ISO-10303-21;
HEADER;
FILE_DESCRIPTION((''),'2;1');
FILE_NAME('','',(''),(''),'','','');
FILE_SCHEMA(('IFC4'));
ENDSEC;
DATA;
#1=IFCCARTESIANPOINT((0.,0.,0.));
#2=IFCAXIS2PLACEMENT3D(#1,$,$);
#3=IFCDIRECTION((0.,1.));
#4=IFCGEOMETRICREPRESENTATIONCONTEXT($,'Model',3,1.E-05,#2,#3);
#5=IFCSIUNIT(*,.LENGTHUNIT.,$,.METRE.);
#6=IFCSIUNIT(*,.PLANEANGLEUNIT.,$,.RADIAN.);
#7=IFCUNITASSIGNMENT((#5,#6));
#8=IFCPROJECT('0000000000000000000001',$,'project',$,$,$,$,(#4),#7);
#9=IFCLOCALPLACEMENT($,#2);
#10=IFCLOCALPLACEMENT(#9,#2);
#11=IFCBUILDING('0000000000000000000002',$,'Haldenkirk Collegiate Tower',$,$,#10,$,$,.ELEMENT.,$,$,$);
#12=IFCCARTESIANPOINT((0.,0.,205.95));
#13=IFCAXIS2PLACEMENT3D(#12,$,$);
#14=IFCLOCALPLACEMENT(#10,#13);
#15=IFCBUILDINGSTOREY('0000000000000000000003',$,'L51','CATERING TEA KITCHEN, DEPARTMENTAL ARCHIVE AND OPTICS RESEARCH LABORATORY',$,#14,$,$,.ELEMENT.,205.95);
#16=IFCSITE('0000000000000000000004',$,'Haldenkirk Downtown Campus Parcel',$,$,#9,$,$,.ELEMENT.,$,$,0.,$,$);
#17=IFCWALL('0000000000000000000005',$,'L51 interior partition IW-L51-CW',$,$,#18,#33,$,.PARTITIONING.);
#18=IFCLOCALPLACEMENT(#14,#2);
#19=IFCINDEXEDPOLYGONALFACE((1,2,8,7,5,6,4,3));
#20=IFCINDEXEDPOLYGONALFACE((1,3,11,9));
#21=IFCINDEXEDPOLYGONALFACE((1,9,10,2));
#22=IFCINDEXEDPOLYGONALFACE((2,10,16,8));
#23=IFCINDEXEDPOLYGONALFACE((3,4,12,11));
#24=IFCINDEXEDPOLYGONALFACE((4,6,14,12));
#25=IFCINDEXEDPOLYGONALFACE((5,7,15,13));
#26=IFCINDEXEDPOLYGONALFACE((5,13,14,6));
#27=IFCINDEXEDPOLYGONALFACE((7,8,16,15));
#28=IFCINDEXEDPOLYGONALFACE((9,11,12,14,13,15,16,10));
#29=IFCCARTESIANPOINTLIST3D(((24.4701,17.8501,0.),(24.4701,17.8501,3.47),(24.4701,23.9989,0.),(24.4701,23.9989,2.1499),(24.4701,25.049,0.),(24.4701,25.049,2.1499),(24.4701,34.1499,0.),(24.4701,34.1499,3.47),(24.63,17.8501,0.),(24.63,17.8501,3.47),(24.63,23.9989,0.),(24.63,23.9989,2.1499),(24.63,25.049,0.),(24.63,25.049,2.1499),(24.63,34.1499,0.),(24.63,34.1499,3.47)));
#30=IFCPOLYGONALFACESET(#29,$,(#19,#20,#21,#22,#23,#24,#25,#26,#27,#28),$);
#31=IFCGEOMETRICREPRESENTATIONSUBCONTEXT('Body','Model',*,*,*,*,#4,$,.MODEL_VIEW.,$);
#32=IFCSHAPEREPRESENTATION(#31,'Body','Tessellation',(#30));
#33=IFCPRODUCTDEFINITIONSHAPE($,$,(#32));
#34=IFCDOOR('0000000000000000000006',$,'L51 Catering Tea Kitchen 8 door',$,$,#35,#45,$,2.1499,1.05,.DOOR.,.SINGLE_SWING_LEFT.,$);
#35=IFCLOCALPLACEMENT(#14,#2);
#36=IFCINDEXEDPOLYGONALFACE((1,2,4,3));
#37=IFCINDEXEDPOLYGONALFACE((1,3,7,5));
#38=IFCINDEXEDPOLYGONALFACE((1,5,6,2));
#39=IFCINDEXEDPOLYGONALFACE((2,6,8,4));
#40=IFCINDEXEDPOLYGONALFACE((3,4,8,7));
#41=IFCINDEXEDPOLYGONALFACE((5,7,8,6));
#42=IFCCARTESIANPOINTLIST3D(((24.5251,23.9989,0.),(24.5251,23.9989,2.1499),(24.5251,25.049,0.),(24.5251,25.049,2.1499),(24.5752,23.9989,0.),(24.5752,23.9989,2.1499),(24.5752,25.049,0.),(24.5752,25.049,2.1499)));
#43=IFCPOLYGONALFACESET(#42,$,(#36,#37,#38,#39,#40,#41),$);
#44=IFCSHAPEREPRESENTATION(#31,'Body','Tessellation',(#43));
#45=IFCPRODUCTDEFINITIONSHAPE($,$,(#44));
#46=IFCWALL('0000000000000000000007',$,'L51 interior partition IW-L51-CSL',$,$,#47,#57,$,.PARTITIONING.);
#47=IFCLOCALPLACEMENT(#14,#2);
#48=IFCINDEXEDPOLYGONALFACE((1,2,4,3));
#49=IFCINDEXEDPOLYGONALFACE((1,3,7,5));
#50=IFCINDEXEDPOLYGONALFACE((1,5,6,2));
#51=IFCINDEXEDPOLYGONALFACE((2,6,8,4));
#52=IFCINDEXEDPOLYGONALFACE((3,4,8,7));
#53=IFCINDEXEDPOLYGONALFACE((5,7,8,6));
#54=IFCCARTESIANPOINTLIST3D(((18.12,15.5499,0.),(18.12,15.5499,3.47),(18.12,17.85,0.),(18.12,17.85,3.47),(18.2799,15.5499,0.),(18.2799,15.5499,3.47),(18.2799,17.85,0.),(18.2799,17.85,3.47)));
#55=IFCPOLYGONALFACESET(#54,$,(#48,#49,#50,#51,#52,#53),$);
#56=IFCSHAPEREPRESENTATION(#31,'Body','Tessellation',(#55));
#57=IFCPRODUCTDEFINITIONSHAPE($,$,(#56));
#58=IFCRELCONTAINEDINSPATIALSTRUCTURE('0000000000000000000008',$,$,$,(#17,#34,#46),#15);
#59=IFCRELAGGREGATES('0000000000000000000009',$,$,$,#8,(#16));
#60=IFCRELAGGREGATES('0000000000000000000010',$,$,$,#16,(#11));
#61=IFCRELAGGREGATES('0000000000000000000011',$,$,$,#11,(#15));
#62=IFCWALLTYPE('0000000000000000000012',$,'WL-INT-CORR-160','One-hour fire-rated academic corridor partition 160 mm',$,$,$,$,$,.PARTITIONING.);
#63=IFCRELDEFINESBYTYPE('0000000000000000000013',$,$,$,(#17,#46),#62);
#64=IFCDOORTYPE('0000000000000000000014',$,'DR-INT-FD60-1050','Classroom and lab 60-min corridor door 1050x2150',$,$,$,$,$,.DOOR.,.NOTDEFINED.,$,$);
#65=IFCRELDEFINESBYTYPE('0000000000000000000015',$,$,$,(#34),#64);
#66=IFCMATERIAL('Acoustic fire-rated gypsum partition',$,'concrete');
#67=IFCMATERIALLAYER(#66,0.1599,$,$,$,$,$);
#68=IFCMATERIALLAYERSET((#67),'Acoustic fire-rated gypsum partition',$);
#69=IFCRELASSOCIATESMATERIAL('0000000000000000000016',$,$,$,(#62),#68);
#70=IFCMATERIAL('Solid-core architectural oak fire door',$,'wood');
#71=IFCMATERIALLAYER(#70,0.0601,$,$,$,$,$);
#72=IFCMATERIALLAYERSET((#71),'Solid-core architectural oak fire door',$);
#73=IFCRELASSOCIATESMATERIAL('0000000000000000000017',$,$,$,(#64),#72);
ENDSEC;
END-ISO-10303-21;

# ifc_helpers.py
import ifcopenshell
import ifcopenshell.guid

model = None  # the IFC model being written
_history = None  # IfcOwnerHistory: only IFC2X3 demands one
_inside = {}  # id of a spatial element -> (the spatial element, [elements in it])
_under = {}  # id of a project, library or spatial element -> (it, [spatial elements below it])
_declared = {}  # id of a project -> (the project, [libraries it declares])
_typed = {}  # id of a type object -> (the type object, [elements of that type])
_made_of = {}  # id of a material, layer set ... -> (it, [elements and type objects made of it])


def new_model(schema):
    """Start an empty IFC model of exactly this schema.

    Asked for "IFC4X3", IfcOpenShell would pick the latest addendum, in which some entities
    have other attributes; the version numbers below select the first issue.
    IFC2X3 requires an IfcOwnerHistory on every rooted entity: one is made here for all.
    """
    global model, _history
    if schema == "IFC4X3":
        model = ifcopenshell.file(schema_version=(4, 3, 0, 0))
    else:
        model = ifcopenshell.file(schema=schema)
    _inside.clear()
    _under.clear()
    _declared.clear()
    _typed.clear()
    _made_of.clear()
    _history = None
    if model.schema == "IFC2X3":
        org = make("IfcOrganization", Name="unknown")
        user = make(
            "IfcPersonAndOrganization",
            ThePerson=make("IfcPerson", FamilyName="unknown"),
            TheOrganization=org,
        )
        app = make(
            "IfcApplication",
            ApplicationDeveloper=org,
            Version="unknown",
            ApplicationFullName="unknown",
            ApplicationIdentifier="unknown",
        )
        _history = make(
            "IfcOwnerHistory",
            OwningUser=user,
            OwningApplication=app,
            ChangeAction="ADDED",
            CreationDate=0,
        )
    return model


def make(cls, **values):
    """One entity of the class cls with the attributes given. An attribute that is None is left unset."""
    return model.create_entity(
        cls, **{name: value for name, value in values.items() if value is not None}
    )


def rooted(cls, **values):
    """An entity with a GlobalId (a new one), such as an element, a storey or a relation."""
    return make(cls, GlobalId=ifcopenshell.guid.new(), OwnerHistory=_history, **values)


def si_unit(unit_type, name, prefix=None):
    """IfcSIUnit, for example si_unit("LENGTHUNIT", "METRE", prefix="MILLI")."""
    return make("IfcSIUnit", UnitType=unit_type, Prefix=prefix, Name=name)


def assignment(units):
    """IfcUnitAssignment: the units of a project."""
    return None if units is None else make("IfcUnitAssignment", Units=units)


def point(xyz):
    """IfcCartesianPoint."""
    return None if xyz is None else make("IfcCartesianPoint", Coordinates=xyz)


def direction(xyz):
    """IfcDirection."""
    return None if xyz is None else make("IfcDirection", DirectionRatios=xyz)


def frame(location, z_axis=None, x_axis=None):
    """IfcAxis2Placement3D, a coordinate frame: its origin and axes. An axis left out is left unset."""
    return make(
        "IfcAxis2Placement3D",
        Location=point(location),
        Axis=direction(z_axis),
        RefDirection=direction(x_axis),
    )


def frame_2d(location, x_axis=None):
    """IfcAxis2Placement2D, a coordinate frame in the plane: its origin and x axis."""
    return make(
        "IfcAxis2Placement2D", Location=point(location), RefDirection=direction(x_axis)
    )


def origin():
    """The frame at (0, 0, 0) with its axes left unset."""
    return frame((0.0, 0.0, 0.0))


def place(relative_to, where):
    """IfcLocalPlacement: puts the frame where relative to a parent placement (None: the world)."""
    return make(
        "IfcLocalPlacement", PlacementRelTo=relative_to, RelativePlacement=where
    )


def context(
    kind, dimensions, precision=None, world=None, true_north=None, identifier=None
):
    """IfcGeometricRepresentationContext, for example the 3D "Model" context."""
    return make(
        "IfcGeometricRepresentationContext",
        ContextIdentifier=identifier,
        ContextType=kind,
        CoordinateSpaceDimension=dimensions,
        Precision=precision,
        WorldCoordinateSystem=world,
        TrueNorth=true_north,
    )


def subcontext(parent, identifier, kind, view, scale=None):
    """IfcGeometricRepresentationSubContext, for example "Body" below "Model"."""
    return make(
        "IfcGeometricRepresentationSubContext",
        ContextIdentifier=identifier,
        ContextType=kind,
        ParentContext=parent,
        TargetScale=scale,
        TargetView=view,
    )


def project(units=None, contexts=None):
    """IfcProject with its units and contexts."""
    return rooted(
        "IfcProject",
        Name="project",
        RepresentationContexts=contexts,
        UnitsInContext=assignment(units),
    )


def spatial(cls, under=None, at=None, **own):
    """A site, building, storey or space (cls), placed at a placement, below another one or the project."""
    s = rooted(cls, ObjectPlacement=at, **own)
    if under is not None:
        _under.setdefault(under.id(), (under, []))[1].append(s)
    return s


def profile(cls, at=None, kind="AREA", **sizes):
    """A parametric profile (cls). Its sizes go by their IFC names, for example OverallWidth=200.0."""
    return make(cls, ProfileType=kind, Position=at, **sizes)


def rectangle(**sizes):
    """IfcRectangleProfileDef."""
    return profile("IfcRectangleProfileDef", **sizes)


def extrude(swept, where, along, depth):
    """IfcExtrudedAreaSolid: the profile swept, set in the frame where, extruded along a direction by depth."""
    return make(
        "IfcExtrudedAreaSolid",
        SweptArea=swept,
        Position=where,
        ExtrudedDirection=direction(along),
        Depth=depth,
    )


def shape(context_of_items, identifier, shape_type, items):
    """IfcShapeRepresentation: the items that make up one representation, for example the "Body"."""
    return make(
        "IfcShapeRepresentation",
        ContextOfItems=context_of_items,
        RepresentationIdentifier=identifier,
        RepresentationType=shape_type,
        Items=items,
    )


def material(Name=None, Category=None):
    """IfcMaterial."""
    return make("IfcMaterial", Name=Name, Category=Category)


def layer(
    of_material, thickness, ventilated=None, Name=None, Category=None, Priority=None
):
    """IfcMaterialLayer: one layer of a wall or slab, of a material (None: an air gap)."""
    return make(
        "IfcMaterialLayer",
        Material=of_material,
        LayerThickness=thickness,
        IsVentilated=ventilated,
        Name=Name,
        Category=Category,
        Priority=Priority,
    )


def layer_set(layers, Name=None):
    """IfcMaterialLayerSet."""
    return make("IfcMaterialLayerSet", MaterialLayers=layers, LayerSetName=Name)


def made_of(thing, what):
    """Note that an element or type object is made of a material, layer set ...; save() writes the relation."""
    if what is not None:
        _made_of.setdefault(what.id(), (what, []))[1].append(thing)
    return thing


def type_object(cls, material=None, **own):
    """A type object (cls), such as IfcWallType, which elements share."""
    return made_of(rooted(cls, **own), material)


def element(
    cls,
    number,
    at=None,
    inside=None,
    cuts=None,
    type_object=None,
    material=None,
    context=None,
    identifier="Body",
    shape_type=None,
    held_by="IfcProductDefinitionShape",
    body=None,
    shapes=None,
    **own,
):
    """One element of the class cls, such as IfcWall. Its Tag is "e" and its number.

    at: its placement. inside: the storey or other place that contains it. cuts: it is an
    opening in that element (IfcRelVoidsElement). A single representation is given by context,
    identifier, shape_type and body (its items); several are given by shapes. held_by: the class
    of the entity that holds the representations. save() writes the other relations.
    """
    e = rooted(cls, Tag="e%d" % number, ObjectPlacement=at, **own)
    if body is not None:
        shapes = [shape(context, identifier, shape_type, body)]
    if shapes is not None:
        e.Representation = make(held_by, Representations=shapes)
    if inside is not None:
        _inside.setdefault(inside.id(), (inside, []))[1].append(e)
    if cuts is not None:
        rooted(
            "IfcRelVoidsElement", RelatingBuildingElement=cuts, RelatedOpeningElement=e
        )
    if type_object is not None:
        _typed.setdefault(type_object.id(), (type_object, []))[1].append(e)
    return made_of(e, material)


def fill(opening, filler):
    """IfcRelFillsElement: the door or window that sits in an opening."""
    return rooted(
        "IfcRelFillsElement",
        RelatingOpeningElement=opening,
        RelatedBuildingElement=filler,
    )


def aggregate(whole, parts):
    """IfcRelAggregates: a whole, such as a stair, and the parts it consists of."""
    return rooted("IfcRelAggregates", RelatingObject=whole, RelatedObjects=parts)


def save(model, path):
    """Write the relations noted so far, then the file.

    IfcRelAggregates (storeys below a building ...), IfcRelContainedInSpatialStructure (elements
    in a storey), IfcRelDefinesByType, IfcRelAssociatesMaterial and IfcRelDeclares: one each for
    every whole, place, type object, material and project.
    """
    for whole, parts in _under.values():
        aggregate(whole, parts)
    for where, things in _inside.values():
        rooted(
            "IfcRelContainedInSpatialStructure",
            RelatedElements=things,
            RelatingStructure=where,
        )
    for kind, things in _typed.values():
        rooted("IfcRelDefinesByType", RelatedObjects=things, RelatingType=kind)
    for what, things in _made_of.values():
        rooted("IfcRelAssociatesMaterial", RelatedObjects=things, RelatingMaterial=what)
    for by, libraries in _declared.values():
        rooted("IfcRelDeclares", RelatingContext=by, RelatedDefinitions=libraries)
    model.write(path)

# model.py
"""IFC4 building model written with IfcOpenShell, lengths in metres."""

from ifc_helpers import new_model, si_unit, direction, frame, frame_2d, origin, place, context, subcontext, project, spatial, rectangle, extrude, material, layer, layer_set, type_object, element, fill, save


model = new_model("IFC4")

# Units and contexts
model_context = context("Model", 3, precision=1e-05, world=origin(), true_north=direction((0.0, 1.0)))
body_context = subcontext(model_context, "Body", "Model", "MODEL_VIEW")
ifc_project = project(units=[si_unit("LENGTHUNIT", "METRE"), si_unit("PLANEANGLEUNIT", "RADIAN")], contexts=[model_context])

# Site, building, storey
site_placement = place(None, origin())
site = spatial("IfcSite", under=ifc_project, at=site_placement, Name="Haldenkirk Downtown Campus Parcel", CompositionType="ELEMENT", RefElevation=0.0)
building_placement = place(site_placement, origin())
building = spatial("IfcBuilding", under=site, at=building_placement, Name="Haldenkirk Collegiate Tower", CompositionType="ELEMENT")
storey_placement = place(building_placement, frame((0.0, 0.0, 205.95)))
storey = spatial("IfcBuildingStorey", under=building, at=storey_placement, Name="L51", Description="CATERING TEA KITCHEN, DEPARTMENTAL ARCHIVE AND OPTICS RESEARCH LABORATORY", CompositionType="ELEMENT", Elevation=205.95)

# Shared definitions
ifc_material_1 = material(Name="Acoustic fire-rated gypsum partition", Category="concrete")
ifc_layer_1 = layer(ifc_material_1, 0.1599)
ifc_layer_set_1 = layer_set([ifc_layer_1], Name="Acoustic fire-rated gypsum partition")
wall_type_1 = type_object("IfcWallType", Name="WL-INT-CORR-160", Description="One-hour fire-rated academic corridor partition 160 mm", PredefinedType="PARTITIONING", material=ifc_layer_set_1)
ifc_material_2 = material(Name="Solid-core architectural oak fire door", Category="wood")
ifc_layer_2 = layer(ifc_material_2, 0.0601)
ifc_layer_set_2 = layer_set([ifc_layer_2], Name="Solid-core architectural oak fire door")
door_type_1 = type_object("IfcDoorType", Name="DR-INT-FD60-1050", Description="Classroom and lab 60-min corridor door 1050x2150", OperationType="NOTDEFINED", PredefinedType="DOOR", material=ifc_layer_set_2)

# Wall, opening, door
wall_1_placement = place(storey_placement, frame((24.55, 17.8501, 0.0), z_axis=(0.0, 0.0, 1.0), x_axis=(0.0, 1.0, 0.0)))
wall_1 = element("IfcWall", 1, at=wall_1_placement, inside=storey, type_object=wall_type_1, Name="L51 interior partition IW-L51-CW", PredefinedType="PARTITIONING", context=body_context, shape_type="SweptSolid", body=[
    extrude(rectangle(XDim=16.2998, YDim=0.1599, at=frame_2d((8.1499, 0.0))), origin(), (0.0, 0.0, 1.0), 3.47),
])
opening_1_placement = place(wall_1_placement, frame((6.1489, 0.0, 0.0)))
opening_1 = element("IfcOpeningElement", 2, at=opening_1_placement, cuts=wall_1, PredefinedType="OPENING", context=body_context, shape_type="SweptSolid", body=[
    extrude(rectangle(XDim=1.05, YDim=2.1499, at=frame_2d((0.5249, 1.075))), frame((0.0, 0.0898, 0.0), z_axis=(0.0, -1.0, 0.0), x_axis=(1.0, 0.0, 0.0)), (0.0, 0.0, 1.0), 0.1799),
])
door_1_placement = place(opening_1_placement, origin())
door_1 = element("IfcDoor", 3, at=door_1_placement, inside=storey, type_object=door_type_1, Name="L51 Catering Tea Kitchen 8 door", OperationType="SINGLE_SWING_LEFT", OverallHeight=2.1499, OverallWidth=1.05, PredefinedType="DOOR", context=body_context, shape_type="SweptSolid", body=[
    extrude(rectangle(XDim=1.05, YDim=2.1499, at=frame_2d((0.5249, 1.075))), frame((0.0, 0.0249, 0.0), z_axis=(0.0, -1.0, 0.0), x_axis=(1.0, 0.0, 0.0)), (0.0, 0.0, 1.0), 0.05),
])
fill(opening_1, door_1)

# Wall
wall_2_placement = place(storey_placement, frame((18.2, 15.55, 0.0), z_axis=(0.0, 0.0, 1.0), x_axis=(0.0, 1.0, 0.0)))
element("IfcWall", 4, at=wall_2_placement, inside=storey, type_object=wall_type_1, Name="L51 interior partition IW-L51-CSL", PredefinedType="PARTITIONING", context=body_context, shape_type="SweptSolid", body=[
    extrude(rectangle(XDim=2.3, YDim=0.1599, at=frame_2d((1.1499, 0.0))), origin(), (0.0, 0.0, 1.0), 3.47),
])

save(model, "model.ifc")
